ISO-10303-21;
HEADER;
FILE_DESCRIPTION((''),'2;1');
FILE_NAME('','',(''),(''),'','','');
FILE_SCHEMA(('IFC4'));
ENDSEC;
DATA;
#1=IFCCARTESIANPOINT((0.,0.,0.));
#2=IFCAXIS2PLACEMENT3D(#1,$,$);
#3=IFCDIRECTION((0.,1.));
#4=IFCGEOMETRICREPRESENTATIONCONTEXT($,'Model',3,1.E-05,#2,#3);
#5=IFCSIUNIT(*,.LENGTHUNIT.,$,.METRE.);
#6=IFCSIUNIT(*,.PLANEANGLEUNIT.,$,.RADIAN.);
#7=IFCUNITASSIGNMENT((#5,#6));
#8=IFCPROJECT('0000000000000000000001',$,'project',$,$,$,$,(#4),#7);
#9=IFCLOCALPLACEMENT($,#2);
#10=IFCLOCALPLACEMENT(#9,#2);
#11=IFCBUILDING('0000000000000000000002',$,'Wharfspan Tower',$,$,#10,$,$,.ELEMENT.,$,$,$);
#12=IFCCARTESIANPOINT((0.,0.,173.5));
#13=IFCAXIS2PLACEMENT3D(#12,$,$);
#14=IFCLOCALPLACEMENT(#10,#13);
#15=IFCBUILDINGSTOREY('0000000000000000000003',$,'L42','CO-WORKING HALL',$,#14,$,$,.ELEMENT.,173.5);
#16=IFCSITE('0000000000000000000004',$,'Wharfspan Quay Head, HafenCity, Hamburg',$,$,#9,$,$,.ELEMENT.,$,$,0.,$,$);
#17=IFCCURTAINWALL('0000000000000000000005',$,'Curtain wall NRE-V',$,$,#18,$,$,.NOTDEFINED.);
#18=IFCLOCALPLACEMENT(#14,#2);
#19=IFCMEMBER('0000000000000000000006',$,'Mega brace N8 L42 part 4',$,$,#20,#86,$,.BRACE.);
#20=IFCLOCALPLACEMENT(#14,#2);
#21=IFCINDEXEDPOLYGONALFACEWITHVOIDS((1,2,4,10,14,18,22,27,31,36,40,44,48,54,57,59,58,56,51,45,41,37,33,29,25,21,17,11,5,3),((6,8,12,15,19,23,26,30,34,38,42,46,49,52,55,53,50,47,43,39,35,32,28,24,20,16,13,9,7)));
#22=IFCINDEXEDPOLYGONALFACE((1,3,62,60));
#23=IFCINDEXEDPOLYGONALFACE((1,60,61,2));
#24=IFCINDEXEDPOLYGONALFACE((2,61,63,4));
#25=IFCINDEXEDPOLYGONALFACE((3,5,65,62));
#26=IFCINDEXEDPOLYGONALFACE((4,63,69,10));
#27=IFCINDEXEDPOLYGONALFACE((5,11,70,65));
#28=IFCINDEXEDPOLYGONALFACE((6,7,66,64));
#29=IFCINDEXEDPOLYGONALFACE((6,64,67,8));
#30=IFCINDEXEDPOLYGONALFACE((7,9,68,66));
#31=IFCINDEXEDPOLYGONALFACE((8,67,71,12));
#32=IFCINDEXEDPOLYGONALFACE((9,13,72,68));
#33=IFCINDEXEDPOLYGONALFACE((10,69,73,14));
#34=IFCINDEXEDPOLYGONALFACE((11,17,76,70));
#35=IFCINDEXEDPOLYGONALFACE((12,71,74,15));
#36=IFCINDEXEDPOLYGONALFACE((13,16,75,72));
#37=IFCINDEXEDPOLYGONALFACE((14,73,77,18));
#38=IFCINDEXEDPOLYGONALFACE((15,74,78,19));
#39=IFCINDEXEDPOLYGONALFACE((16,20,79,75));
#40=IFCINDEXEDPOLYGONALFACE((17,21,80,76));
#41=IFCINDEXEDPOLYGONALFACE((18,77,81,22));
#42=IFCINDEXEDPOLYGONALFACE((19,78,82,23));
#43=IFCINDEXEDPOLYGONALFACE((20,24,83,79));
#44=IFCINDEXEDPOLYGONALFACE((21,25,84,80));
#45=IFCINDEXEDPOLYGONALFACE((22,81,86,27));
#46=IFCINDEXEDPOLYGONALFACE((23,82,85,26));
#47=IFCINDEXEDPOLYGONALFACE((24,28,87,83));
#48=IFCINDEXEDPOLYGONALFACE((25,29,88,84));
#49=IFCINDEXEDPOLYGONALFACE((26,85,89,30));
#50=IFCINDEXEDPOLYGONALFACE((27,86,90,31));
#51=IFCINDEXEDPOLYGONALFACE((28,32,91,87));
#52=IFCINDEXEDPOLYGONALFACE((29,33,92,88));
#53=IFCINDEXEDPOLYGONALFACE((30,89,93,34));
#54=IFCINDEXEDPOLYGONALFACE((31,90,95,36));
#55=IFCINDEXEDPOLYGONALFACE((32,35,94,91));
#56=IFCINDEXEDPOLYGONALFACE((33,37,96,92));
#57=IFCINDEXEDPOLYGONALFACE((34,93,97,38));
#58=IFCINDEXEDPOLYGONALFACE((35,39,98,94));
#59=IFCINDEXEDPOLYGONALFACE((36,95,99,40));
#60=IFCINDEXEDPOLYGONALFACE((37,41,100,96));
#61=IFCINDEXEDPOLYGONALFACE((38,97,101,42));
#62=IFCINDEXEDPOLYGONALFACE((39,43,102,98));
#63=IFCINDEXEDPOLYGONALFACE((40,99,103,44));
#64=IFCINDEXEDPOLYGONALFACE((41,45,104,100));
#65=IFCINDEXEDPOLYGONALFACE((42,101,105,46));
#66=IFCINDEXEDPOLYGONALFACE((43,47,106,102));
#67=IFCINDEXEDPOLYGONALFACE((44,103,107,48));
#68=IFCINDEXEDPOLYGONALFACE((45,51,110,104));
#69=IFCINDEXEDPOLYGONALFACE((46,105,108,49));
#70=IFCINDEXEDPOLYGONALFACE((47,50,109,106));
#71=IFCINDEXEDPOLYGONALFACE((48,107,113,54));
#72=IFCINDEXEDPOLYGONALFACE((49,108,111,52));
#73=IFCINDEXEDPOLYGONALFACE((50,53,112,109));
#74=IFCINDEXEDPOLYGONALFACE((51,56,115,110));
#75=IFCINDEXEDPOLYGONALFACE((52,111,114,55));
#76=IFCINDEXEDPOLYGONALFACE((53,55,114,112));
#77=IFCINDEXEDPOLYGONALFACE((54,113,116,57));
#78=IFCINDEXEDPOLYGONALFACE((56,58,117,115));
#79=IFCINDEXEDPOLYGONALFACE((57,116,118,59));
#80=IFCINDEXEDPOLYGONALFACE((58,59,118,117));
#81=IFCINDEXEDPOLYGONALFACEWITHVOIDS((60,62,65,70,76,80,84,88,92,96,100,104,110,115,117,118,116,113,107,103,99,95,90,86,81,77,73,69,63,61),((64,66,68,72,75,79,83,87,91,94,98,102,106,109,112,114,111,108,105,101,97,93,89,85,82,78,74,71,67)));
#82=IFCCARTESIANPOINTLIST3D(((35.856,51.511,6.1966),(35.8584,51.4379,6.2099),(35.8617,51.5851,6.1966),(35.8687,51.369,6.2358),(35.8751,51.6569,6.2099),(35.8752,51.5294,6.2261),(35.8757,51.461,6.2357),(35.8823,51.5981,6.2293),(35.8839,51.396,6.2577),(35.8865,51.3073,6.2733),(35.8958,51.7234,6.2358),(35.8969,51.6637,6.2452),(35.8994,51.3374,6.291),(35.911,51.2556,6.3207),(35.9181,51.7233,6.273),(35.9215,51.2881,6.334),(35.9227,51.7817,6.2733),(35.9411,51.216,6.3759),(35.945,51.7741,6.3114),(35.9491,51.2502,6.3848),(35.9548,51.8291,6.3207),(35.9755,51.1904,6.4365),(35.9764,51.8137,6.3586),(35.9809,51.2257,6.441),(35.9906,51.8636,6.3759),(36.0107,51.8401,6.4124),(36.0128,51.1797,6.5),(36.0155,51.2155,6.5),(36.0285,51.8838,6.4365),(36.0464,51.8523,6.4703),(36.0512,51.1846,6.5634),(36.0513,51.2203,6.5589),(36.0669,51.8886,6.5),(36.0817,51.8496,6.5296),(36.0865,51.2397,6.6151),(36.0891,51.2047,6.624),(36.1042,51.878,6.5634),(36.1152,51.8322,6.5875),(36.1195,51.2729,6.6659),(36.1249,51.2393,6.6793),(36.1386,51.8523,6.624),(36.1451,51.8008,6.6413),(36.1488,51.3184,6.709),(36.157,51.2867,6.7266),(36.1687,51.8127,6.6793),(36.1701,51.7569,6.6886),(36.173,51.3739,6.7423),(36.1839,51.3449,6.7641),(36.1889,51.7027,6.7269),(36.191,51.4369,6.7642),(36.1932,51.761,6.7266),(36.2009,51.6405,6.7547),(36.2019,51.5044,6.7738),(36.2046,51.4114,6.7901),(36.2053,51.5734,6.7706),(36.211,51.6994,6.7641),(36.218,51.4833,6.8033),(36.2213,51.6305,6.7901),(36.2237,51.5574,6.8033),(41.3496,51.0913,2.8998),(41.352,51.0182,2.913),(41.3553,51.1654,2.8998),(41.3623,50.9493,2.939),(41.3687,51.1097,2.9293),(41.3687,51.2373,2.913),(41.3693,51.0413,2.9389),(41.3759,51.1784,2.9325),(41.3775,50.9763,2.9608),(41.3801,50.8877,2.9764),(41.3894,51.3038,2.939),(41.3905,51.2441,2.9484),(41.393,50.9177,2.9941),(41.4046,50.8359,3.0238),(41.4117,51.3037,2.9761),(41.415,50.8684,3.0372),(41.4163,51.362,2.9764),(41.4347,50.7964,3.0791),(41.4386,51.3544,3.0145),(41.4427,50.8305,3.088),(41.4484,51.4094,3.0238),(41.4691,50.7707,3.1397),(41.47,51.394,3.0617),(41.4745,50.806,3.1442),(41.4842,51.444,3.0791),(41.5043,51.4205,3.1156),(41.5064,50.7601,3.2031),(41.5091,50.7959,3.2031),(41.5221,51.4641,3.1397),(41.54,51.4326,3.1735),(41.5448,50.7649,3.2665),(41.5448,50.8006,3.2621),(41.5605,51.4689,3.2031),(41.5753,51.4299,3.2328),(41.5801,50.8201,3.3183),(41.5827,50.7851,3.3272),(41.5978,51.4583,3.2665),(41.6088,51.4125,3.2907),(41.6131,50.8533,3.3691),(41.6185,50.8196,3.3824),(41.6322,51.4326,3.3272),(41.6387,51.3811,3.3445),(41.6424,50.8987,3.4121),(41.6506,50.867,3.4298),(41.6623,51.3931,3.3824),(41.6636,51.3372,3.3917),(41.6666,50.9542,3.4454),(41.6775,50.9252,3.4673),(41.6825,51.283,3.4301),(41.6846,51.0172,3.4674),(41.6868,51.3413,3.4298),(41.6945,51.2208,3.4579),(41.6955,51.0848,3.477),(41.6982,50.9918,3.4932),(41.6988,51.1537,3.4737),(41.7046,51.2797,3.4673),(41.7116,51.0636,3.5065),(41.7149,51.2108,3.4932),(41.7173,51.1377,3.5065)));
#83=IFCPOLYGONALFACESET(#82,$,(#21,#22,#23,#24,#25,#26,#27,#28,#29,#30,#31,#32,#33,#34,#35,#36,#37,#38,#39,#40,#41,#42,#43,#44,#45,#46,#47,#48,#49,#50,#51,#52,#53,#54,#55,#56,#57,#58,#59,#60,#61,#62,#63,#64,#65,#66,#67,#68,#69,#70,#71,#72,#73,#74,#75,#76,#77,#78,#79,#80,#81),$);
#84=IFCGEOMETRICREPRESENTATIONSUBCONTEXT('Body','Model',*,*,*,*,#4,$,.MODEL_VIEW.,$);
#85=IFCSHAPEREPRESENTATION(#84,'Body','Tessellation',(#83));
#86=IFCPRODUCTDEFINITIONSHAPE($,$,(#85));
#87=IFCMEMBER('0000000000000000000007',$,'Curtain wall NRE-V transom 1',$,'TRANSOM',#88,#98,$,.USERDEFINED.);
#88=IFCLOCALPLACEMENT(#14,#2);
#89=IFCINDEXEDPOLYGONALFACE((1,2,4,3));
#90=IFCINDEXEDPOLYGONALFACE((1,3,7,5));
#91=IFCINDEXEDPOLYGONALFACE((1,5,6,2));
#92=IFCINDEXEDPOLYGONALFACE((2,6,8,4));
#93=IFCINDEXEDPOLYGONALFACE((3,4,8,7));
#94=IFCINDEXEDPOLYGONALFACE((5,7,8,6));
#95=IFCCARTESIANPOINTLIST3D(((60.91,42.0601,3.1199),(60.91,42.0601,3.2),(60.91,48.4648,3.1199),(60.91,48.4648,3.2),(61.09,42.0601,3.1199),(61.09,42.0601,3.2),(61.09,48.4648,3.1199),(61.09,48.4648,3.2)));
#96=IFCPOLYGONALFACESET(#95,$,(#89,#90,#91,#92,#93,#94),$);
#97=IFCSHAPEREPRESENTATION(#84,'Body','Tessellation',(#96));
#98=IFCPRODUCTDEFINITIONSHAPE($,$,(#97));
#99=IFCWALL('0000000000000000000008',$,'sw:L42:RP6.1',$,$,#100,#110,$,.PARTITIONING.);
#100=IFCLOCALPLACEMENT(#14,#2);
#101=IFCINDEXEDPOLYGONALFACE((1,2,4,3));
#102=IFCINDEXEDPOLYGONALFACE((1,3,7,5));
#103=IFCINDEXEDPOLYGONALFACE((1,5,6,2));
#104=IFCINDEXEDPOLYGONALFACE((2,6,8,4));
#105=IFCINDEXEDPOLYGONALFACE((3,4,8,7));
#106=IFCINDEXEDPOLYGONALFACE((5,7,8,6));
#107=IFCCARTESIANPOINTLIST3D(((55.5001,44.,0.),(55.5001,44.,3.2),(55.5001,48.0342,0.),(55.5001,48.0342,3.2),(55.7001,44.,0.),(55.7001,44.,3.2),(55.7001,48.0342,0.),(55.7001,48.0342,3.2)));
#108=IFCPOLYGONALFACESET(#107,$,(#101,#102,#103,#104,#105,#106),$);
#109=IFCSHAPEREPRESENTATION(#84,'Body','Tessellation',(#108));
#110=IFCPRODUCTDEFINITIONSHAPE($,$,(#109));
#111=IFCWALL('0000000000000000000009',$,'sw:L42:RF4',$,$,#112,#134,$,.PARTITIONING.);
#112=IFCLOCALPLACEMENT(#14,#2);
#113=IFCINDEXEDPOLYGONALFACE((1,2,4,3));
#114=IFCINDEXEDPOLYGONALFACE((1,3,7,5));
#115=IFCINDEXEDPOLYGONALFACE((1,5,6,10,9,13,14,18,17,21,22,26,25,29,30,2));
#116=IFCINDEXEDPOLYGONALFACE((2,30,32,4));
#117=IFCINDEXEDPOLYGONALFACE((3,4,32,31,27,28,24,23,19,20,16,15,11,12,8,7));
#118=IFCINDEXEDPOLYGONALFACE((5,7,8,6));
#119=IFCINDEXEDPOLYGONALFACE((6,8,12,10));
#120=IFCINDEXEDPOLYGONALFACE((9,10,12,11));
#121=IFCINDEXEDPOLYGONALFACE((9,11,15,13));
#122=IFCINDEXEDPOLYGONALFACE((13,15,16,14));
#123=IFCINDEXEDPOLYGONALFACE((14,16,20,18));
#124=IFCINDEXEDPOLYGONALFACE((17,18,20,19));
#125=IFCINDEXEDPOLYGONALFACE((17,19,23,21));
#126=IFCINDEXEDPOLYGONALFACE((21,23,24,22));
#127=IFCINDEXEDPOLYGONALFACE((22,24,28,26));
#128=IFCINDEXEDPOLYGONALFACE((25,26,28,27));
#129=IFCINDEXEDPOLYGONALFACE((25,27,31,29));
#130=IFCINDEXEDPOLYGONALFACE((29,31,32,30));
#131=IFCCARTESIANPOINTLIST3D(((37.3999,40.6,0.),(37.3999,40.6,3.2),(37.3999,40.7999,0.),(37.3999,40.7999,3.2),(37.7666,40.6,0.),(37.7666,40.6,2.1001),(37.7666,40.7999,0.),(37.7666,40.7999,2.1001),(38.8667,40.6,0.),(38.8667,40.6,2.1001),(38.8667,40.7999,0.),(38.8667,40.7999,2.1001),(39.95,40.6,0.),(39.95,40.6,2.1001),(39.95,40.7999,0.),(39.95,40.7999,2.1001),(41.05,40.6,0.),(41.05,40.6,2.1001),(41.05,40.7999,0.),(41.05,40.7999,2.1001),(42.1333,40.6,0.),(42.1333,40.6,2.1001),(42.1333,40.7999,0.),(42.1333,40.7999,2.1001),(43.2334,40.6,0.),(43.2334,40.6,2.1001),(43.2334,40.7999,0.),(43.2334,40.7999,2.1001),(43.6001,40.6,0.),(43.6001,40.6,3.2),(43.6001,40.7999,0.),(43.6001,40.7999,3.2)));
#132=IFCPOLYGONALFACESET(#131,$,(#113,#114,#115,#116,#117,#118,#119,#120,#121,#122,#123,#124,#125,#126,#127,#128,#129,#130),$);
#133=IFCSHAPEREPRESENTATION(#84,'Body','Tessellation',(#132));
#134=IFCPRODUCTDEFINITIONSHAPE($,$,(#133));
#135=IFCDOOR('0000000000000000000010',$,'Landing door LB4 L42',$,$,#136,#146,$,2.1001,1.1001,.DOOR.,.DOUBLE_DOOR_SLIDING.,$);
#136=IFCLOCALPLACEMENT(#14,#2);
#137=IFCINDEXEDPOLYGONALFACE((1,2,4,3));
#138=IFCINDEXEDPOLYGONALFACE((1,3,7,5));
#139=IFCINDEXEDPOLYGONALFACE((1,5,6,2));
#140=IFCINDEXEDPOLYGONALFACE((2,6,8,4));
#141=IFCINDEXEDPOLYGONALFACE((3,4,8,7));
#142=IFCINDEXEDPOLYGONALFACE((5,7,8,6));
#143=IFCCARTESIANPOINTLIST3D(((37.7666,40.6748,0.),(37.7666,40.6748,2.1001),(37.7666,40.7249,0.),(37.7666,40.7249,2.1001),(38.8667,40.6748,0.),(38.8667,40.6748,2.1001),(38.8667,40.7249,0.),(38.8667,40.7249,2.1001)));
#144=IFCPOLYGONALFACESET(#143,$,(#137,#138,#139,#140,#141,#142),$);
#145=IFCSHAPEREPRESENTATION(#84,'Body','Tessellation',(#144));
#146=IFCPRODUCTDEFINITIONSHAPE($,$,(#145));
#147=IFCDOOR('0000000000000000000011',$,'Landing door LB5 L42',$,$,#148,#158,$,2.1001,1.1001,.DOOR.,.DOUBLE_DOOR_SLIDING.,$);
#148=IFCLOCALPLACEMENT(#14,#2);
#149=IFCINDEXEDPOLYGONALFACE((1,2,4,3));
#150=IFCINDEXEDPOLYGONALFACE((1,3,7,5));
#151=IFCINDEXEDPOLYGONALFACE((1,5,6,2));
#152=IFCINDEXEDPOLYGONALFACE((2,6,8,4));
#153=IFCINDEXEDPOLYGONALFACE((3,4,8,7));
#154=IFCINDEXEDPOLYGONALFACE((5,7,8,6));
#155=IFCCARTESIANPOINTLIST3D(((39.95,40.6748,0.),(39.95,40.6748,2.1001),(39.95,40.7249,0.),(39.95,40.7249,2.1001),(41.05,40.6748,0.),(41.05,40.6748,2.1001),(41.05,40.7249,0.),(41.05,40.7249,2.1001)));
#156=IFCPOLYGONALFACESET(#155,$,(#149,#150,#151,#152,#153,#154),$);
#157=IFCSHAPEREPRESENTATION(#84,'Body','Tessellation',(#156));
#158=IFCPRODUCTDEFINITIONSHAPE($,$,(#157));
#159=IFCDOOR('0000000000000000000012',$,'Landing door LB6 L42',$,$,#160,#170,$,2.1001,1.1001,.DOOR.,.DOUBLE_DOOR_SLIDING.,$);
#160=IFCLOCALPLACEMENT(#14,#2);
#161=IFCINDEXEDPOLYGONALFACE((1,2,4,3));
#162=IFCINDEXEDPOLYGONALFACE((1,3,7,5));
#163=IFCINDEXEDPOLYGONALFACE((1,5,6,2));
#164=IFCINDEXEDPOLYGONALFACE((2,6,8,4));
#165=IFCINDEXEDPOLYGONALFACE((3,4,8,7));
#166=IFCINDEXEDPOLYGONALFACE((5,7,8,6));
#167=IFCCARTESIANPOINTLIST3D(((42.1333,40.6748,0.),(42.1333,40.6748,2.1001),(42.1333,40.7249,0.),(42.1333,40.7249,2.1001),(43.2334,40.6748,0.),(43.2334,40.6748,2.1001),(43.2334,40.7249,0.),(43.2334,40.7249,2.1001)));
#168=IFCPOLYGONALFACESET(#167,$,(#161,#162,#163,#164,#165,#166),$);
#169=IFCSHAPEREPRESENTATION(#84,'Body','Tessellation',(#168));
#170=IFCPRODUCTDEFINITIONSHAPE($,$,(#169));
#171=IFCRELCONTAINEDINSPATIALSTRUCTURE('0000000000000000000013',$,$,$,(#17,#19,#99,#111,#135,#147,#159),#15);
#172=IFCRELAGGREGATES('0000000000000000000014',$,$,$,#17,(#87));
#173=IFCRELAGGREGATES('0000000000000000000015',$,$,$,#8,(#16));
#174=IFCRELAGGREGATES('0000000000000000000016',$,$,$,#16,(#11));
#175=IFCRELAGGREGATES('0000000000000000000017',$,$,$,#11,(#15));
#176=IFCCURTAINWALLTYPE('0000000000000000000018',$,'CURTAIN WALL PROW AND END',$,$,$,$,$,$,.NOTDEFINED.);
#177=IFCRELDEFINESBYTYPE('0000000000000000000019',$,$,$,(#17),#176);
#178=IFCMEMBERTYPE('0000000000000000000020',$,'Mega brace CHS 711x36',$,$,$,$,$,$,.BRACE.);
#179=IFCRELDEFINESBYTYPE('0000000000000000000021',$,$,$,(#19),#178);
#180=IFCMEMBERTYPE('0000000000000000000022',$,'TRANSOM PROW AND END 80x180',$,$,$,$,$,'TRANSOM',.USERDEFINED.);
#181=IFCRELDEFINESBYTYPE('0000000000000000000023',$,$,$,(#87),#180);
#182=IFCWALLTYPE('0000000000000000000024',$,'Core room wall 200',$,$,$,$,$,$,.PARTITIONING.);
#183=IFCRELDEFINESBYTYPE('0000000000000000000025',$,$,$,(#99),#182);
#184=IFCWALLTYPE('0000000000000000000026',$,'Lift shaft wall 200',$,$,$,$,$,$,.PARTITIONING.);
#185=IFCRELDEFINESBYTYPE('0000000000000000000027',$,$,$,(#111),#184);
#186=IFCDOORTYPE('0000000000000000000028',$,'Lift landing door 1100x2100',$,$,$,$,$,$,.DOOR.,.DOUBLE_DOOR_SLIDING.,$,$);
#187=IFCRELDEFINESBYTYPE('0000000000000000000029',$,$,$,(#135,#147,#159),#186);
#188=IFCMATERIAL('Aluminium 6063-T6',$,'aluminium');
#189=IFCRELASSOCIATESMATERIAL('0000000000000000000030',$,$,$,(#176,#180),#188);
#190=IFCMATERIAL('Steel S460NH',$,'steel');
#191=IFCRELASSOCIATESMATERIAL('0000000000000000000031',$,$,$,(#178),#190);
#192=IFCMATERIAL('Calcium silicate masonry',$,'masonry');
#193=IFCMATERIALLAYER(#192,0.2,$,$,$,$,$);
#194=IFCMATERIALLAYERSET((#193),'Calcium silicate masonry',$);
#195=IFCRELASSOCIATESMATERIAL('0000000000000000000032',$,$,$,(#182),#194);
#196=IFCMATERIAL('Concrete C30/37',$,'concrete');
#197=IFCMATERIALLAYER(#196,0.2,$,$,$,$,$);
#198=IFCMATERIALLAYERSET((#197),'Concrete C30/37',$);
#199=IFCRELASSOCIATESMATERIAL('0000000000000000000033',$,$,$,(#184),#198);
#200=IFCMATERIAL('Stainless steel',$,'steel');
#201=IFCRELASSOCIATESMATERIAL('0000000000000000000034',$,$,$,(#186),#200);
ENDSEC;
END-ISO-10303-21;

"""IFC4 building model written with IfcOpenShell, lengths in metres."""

from ifc_helpers import new_model, si_unit, direction, frame, frame_2d, origin, origin_2d, place, context, subcontext, project, spatial, rectangle, hollow_circle, extrude, material, layer, layer_set, material_profile, profile_set, type_object, element, fill, aggregate, save


model = new_model("IFC4")

# Units and contexts
model_context = context("Model", 3, precision=1e-05, world=origin(), true_north=direction((0.0, 1.0)))
body_context = subcontext(model_context, "Body", "Model", "MODEL_VIEW")
ifc_project = project(units=[si_unit("LENGTHUNIT", "METRE"), si_unit("PLANEANGLEUNIT", "RADIAN")], contexts=[model_context])

# Site, building, storey
site_placement = place(None, origin())
site = spatial("IfcSite", under=ifc_project, at=site_placement, Name="Wharfspan Quay Head, HafenCity, Hamburg", CompositionType="ELEMENT", RefElevation=0.0)
building_placement = place(site_placement, origin())
building = spatial("IfcBuilding", under=site, at=building_placement, Name="Wharfspan Tower", CompositionType="ELEMENT")
storey_placement = place(building_placement, frame((0.0, 0.0, 173.5)))
storey = spatial("IfcBuildingStorey", under=building, at=storey_placement, Name="L42", Description="CO-WORKING HALL", CompositionType="ELEMENT", Elevation=173.5)

# Curtain wall
ifc_material_1 = material(Name="Aluminium 6063-T6", Category="aluminium")
curtain_wall_type = type_object("IfcCurtainWallType", Name="CURTAIN WALL PROW AND END", PredefinedType="NOTDEFINED", material=ifc_material_1)
curtain_wall_placement = place(storey_placement, origin())
curtain_wall = element("IfcCurtainWall", 1, at=curtain_wall_placement, inside=storey, type_object=curtain_wall_type, Name="Curtain wall NRE-V", PredefinedType="NOTDEFINED")

# Member
ifc_material_2 = material(Name="Steel S460NH", Category="steel")
ifc_material_profile_1 = material_profile(ifc_material_2, hollow_circle(Radius=0.3555, WallThickness=0.0359, at=origin_2d()))
ifc_profile_set_1 = profile_set([ifc_material_profile_1], Name="Steel S460NH")
member_type_1 = type_object("IfcMemberType", Name="Mega brace CHS 711x36", PredefinedType="BRACE", material=ifc_profile_set_1)
for number, where, z_axis, x_axis, name in (
    (2, (41.5334, 51.1145, 3.2031), (-0.855612, 0.065363, 0.513474), (-0.07617, -0.997093, 0.000002), "Mega brace N8 L42 part 4"),
):
    element("IfcMember", number, at=place(storey_placement, frame(where, z_axis=z_axis, x_axis=x_axis)), inside=storey, type_object=member_type_1, Name=name, PredefinedType="BRACE", context=body_context, shape_type="SweptSolid", body=[
        extrude(hollow_circle(Radius=0.3555, WallThickness=0.0359, at=origin_2d()), origin(), (0.0, 0.0, 1.0), 6.4207),
    ])

# Member
ifc_material_profile_2 = material_profile(ifc_material_1, rectangle(XDim=0.1799, YDim=0.0801, at=origin_2d()))
ifc_profile_set_2 = profile_set([ifc_material_profile_2], Name="Aluminium 6063-T6")
member_type_2 = type_object("IfcMemberType", Name="TRANSOM PROW AND END 80x180", ElementType="TRANSOM", PredefinedType="USERDEFINED", material=ifc_profile_set_2)
member_1_placement = place(storey_placement, frame((61.0, 42.0601, 3.1599), z_axis=(0.0, 1.0, 0.0), x_axis=(-1.0, 0.0, 0.0)))
member_1 = element("IfcMember", 3, at=member_1_placement, type_object=member_type_2, Name="Curtain wall NRE-V transom 1", ObjectType="TRANSOM", PredefinedType="USERDEFINED", context=body_context, shape_type="SweptSolid", body=[
    extrude(rectangle(XDim=0.1799, YDim=0.0801, at=origin_2d()), origin(), (0.0, 0.0, 1.0), 6.4048),
])
aggregate(curtain_wall, [member_1])

# Wall
ifc_material_3 = material(Name="Calcium silicate masonry", Category="masonry")
ifc_layer_1 = layer(ifc_material_3, 0.2)
ifc_layer_set_1 = layer_set([ifc_layer_1], Name="Calcium silicate masonry")
wall_type_1 = type_object("IfcWallType", Name="Core room wall 200", PredefinedType="PARTITIONING", material=ifc_layer_set_1)
wall_1_placement = place(storey_placement, frame((55.6001, 44.0, 0.0), z_axis=(0.0, 0.0, 1.0), x_axis=(0.0, 1.0, 0.0)))
element("IfcWall", 4, at=wall_1_placement, inside=storey, type_object=wall_type_1, Name="sw:L42:RP6.1", PredefinedType="PARTITIONING", context=body_context, shape_type="SweptSolid", body=[
    extrude(rectangle(XDim=4.0342, YDim=0.2, at=frame_2d((2.0171, 0.0))), origin(), (0.0, 0.0, 1.0), 3.2),
])

# Wall, openings, doors
ifc_material_4 = material(Name="Concrete C30/37", Category="concrete")
ifc_layer_2 = layer(ifc_material_4, 0.2)
ifc_layer_set_2 = layer_set([ifc_layer_2], Name="Concrete C30/37")
wall_type_2 = type_object("IfcWallType", Name="Lift shaft wall 200", PredefinedType="PARTITIONING", material=ifc_layer_set_2)
wall_2_placement = place(storey_placement, frame((37.3999, 40.7, 0.0), z_axis=(0.0, 0.0, 1.0), x_axis=(1.0, 0.0, 0.0)))
wall_2 = element("IfcWall", 5, at=wall_2_placement, inside=storey, type_object=wall_type_2, Name="sw:L42:RF4", PredefinedType="PARTITIONING", context=body_context, shape_type="SweptSolid", body=[
    extrude(rectangle(XDim=6.2002, YDim=0.2, at=frame_2d((3.1001, 0.0))), origin(), (0.0, 0.0, 1.0), 3.2),
])
opening_1_placement = place(wall_2_placement, frame((0.3667, 0.0, 0.0)))
opening_1 = element("IfcOpeningElement", 6, at=opening_1_placement, cuts=wall_2, PredefinedType="OPENING", context=body_context, shape_type="SweptSolid", body=[
    extrude(rectangle(XDim=1.1001, YDim=2.1001, at=frame_2d((0.55, 1.05))), frame((0.0, 0.1099, 0.0), z_axis=(0.0, -1.0, 0.0), x_axis=(1.0, 0.0, 0.0)), (0.0, 0.0, 1.0), 0.22),
])
opening_2_placement = place(wall_2_placement, frame((2.55, 0.0, 0.0)))
opening_2 = element("IfcOpeningElement", 7, at=opening_2_placement, cuts=wall_2, PredefinedType="OPENING", context=body_context, shape_type="SweptSolid", body=[
    extrude(rectangle(XDim=1.1001, YDim=2.1001, at=frame_2d((0.55, 1.05))), frame((0.0, 0.1099, 0.0), z_axis=(0.0, -1.0, 0.0), x_axis=(1.0, 0.0, 0.0)), (0.0, 0.0, 1.0), 0.22),
])
opening_3_placement = place(wall_2_placement, frame((4.7334, 0.0, 0.0)))
opening_3 = element("IfcOpeningElement", 8, at=opening_3_placement, cuts=wall_2, PredefinedType="OPENING", context=body_context, shape_type="SweptSolid", body=[
    extrude(rectangle(XDim=1.1001, YDim=2.1001, at=frame_2d((0.55, 1.05))), frame((0.0, 0.1099, 0.0), z_axis=(0.0, -1.0, 0.0), x_axis=(1.0, 0.0, 0.0)), (0.0, 0.0, 1.0), 0.22),
])
ifc_material_5 = material(Name="Stainless steel", Category="steel")
door_type_1 = type_object("IfcDoorType", Name="Lift landing door 1100x2100", OperationType="DOUBLE_DOOR_SLIDING", PredefinedType="DOOR", material=ifc_material_5)
door_1_placement = place(opening_1_placement, origin())
door_1 = element("IfcDoor", 9, at=door_1_placement, inside=storey, type_object=door_type_1, Name="Landing door LB4 L42", OperationType="DOUBLE_DOOR_SLIDING", OverallHeight=2.1001, OverallWidth=1.1001, PredefinedType="DOOR", context=body_context, shape_type="SweptSolid", body=[
    extrude(rectangle(XDim=1.1001, YDim=2.1001, at=frame_2d((0.55, 1.05))), frame((0.0, 0.0249, 0.0), z_axis=(0.0, -1.0, 0.0), x_axis=(1.0, 0.0, 0.0)), (0.0, 0.0, 1.0), 0.05),
])
fill(opening_1, door_1)
door_2_placement = place(opening_2_placement, origin())
door_2 = element("IfcDoor", 10, at=door_2_placement, inside=storey, type_object=door_type_1, Name="Landing door LB5 L42", OperationType="DOUBLE_DOOR_SLIDING", OverallHeight=2.1001, OverallWidth=1.1001, PredefinedType="DOOR", context=body_context, shape_type="SweptSolid", body=[
    extrude(rectangle(XDim=1.1001, YDim=2.1001, at=frame_2d((0.55, 1.05))), frame((0.0, 0.0249, 0.0), z_axis=(0.0, -1.0, 0.0), x_axis=(1.0, 0.0, 0.0)), (0.0, 0.0, 1.0), 0.05),
])
fill(opening_2, door_2)
door_3_placement = place(opening_3_placement, origin())
door_3 = element("IfcDoor", 11, at=door_3_placement, inside=storey, type_object=door_type_1, Name="Landing door LB6 L42", OperationType="DOUBLE_DOOR_SLIDING", OverallHeight=2.1001, OverallWidth=1.1001, PredefinedType="DOOR", context=body_context, shape_type="SweptSolid", body=[
    extrude(rectangle(XDim=1.1001, YDim=2.1001, at=frame_2d((0.55, 1.05))), frame((0.0, 0.0249, 0.0), z_axis=(0.0, -1.0, 0.0), x_axis=(1.0, 0.0, 0.0)), (0.0, 0.0, 1.0), 0.05),
])
fill(opening_3, door_3)

save(model, "model.ifc")
